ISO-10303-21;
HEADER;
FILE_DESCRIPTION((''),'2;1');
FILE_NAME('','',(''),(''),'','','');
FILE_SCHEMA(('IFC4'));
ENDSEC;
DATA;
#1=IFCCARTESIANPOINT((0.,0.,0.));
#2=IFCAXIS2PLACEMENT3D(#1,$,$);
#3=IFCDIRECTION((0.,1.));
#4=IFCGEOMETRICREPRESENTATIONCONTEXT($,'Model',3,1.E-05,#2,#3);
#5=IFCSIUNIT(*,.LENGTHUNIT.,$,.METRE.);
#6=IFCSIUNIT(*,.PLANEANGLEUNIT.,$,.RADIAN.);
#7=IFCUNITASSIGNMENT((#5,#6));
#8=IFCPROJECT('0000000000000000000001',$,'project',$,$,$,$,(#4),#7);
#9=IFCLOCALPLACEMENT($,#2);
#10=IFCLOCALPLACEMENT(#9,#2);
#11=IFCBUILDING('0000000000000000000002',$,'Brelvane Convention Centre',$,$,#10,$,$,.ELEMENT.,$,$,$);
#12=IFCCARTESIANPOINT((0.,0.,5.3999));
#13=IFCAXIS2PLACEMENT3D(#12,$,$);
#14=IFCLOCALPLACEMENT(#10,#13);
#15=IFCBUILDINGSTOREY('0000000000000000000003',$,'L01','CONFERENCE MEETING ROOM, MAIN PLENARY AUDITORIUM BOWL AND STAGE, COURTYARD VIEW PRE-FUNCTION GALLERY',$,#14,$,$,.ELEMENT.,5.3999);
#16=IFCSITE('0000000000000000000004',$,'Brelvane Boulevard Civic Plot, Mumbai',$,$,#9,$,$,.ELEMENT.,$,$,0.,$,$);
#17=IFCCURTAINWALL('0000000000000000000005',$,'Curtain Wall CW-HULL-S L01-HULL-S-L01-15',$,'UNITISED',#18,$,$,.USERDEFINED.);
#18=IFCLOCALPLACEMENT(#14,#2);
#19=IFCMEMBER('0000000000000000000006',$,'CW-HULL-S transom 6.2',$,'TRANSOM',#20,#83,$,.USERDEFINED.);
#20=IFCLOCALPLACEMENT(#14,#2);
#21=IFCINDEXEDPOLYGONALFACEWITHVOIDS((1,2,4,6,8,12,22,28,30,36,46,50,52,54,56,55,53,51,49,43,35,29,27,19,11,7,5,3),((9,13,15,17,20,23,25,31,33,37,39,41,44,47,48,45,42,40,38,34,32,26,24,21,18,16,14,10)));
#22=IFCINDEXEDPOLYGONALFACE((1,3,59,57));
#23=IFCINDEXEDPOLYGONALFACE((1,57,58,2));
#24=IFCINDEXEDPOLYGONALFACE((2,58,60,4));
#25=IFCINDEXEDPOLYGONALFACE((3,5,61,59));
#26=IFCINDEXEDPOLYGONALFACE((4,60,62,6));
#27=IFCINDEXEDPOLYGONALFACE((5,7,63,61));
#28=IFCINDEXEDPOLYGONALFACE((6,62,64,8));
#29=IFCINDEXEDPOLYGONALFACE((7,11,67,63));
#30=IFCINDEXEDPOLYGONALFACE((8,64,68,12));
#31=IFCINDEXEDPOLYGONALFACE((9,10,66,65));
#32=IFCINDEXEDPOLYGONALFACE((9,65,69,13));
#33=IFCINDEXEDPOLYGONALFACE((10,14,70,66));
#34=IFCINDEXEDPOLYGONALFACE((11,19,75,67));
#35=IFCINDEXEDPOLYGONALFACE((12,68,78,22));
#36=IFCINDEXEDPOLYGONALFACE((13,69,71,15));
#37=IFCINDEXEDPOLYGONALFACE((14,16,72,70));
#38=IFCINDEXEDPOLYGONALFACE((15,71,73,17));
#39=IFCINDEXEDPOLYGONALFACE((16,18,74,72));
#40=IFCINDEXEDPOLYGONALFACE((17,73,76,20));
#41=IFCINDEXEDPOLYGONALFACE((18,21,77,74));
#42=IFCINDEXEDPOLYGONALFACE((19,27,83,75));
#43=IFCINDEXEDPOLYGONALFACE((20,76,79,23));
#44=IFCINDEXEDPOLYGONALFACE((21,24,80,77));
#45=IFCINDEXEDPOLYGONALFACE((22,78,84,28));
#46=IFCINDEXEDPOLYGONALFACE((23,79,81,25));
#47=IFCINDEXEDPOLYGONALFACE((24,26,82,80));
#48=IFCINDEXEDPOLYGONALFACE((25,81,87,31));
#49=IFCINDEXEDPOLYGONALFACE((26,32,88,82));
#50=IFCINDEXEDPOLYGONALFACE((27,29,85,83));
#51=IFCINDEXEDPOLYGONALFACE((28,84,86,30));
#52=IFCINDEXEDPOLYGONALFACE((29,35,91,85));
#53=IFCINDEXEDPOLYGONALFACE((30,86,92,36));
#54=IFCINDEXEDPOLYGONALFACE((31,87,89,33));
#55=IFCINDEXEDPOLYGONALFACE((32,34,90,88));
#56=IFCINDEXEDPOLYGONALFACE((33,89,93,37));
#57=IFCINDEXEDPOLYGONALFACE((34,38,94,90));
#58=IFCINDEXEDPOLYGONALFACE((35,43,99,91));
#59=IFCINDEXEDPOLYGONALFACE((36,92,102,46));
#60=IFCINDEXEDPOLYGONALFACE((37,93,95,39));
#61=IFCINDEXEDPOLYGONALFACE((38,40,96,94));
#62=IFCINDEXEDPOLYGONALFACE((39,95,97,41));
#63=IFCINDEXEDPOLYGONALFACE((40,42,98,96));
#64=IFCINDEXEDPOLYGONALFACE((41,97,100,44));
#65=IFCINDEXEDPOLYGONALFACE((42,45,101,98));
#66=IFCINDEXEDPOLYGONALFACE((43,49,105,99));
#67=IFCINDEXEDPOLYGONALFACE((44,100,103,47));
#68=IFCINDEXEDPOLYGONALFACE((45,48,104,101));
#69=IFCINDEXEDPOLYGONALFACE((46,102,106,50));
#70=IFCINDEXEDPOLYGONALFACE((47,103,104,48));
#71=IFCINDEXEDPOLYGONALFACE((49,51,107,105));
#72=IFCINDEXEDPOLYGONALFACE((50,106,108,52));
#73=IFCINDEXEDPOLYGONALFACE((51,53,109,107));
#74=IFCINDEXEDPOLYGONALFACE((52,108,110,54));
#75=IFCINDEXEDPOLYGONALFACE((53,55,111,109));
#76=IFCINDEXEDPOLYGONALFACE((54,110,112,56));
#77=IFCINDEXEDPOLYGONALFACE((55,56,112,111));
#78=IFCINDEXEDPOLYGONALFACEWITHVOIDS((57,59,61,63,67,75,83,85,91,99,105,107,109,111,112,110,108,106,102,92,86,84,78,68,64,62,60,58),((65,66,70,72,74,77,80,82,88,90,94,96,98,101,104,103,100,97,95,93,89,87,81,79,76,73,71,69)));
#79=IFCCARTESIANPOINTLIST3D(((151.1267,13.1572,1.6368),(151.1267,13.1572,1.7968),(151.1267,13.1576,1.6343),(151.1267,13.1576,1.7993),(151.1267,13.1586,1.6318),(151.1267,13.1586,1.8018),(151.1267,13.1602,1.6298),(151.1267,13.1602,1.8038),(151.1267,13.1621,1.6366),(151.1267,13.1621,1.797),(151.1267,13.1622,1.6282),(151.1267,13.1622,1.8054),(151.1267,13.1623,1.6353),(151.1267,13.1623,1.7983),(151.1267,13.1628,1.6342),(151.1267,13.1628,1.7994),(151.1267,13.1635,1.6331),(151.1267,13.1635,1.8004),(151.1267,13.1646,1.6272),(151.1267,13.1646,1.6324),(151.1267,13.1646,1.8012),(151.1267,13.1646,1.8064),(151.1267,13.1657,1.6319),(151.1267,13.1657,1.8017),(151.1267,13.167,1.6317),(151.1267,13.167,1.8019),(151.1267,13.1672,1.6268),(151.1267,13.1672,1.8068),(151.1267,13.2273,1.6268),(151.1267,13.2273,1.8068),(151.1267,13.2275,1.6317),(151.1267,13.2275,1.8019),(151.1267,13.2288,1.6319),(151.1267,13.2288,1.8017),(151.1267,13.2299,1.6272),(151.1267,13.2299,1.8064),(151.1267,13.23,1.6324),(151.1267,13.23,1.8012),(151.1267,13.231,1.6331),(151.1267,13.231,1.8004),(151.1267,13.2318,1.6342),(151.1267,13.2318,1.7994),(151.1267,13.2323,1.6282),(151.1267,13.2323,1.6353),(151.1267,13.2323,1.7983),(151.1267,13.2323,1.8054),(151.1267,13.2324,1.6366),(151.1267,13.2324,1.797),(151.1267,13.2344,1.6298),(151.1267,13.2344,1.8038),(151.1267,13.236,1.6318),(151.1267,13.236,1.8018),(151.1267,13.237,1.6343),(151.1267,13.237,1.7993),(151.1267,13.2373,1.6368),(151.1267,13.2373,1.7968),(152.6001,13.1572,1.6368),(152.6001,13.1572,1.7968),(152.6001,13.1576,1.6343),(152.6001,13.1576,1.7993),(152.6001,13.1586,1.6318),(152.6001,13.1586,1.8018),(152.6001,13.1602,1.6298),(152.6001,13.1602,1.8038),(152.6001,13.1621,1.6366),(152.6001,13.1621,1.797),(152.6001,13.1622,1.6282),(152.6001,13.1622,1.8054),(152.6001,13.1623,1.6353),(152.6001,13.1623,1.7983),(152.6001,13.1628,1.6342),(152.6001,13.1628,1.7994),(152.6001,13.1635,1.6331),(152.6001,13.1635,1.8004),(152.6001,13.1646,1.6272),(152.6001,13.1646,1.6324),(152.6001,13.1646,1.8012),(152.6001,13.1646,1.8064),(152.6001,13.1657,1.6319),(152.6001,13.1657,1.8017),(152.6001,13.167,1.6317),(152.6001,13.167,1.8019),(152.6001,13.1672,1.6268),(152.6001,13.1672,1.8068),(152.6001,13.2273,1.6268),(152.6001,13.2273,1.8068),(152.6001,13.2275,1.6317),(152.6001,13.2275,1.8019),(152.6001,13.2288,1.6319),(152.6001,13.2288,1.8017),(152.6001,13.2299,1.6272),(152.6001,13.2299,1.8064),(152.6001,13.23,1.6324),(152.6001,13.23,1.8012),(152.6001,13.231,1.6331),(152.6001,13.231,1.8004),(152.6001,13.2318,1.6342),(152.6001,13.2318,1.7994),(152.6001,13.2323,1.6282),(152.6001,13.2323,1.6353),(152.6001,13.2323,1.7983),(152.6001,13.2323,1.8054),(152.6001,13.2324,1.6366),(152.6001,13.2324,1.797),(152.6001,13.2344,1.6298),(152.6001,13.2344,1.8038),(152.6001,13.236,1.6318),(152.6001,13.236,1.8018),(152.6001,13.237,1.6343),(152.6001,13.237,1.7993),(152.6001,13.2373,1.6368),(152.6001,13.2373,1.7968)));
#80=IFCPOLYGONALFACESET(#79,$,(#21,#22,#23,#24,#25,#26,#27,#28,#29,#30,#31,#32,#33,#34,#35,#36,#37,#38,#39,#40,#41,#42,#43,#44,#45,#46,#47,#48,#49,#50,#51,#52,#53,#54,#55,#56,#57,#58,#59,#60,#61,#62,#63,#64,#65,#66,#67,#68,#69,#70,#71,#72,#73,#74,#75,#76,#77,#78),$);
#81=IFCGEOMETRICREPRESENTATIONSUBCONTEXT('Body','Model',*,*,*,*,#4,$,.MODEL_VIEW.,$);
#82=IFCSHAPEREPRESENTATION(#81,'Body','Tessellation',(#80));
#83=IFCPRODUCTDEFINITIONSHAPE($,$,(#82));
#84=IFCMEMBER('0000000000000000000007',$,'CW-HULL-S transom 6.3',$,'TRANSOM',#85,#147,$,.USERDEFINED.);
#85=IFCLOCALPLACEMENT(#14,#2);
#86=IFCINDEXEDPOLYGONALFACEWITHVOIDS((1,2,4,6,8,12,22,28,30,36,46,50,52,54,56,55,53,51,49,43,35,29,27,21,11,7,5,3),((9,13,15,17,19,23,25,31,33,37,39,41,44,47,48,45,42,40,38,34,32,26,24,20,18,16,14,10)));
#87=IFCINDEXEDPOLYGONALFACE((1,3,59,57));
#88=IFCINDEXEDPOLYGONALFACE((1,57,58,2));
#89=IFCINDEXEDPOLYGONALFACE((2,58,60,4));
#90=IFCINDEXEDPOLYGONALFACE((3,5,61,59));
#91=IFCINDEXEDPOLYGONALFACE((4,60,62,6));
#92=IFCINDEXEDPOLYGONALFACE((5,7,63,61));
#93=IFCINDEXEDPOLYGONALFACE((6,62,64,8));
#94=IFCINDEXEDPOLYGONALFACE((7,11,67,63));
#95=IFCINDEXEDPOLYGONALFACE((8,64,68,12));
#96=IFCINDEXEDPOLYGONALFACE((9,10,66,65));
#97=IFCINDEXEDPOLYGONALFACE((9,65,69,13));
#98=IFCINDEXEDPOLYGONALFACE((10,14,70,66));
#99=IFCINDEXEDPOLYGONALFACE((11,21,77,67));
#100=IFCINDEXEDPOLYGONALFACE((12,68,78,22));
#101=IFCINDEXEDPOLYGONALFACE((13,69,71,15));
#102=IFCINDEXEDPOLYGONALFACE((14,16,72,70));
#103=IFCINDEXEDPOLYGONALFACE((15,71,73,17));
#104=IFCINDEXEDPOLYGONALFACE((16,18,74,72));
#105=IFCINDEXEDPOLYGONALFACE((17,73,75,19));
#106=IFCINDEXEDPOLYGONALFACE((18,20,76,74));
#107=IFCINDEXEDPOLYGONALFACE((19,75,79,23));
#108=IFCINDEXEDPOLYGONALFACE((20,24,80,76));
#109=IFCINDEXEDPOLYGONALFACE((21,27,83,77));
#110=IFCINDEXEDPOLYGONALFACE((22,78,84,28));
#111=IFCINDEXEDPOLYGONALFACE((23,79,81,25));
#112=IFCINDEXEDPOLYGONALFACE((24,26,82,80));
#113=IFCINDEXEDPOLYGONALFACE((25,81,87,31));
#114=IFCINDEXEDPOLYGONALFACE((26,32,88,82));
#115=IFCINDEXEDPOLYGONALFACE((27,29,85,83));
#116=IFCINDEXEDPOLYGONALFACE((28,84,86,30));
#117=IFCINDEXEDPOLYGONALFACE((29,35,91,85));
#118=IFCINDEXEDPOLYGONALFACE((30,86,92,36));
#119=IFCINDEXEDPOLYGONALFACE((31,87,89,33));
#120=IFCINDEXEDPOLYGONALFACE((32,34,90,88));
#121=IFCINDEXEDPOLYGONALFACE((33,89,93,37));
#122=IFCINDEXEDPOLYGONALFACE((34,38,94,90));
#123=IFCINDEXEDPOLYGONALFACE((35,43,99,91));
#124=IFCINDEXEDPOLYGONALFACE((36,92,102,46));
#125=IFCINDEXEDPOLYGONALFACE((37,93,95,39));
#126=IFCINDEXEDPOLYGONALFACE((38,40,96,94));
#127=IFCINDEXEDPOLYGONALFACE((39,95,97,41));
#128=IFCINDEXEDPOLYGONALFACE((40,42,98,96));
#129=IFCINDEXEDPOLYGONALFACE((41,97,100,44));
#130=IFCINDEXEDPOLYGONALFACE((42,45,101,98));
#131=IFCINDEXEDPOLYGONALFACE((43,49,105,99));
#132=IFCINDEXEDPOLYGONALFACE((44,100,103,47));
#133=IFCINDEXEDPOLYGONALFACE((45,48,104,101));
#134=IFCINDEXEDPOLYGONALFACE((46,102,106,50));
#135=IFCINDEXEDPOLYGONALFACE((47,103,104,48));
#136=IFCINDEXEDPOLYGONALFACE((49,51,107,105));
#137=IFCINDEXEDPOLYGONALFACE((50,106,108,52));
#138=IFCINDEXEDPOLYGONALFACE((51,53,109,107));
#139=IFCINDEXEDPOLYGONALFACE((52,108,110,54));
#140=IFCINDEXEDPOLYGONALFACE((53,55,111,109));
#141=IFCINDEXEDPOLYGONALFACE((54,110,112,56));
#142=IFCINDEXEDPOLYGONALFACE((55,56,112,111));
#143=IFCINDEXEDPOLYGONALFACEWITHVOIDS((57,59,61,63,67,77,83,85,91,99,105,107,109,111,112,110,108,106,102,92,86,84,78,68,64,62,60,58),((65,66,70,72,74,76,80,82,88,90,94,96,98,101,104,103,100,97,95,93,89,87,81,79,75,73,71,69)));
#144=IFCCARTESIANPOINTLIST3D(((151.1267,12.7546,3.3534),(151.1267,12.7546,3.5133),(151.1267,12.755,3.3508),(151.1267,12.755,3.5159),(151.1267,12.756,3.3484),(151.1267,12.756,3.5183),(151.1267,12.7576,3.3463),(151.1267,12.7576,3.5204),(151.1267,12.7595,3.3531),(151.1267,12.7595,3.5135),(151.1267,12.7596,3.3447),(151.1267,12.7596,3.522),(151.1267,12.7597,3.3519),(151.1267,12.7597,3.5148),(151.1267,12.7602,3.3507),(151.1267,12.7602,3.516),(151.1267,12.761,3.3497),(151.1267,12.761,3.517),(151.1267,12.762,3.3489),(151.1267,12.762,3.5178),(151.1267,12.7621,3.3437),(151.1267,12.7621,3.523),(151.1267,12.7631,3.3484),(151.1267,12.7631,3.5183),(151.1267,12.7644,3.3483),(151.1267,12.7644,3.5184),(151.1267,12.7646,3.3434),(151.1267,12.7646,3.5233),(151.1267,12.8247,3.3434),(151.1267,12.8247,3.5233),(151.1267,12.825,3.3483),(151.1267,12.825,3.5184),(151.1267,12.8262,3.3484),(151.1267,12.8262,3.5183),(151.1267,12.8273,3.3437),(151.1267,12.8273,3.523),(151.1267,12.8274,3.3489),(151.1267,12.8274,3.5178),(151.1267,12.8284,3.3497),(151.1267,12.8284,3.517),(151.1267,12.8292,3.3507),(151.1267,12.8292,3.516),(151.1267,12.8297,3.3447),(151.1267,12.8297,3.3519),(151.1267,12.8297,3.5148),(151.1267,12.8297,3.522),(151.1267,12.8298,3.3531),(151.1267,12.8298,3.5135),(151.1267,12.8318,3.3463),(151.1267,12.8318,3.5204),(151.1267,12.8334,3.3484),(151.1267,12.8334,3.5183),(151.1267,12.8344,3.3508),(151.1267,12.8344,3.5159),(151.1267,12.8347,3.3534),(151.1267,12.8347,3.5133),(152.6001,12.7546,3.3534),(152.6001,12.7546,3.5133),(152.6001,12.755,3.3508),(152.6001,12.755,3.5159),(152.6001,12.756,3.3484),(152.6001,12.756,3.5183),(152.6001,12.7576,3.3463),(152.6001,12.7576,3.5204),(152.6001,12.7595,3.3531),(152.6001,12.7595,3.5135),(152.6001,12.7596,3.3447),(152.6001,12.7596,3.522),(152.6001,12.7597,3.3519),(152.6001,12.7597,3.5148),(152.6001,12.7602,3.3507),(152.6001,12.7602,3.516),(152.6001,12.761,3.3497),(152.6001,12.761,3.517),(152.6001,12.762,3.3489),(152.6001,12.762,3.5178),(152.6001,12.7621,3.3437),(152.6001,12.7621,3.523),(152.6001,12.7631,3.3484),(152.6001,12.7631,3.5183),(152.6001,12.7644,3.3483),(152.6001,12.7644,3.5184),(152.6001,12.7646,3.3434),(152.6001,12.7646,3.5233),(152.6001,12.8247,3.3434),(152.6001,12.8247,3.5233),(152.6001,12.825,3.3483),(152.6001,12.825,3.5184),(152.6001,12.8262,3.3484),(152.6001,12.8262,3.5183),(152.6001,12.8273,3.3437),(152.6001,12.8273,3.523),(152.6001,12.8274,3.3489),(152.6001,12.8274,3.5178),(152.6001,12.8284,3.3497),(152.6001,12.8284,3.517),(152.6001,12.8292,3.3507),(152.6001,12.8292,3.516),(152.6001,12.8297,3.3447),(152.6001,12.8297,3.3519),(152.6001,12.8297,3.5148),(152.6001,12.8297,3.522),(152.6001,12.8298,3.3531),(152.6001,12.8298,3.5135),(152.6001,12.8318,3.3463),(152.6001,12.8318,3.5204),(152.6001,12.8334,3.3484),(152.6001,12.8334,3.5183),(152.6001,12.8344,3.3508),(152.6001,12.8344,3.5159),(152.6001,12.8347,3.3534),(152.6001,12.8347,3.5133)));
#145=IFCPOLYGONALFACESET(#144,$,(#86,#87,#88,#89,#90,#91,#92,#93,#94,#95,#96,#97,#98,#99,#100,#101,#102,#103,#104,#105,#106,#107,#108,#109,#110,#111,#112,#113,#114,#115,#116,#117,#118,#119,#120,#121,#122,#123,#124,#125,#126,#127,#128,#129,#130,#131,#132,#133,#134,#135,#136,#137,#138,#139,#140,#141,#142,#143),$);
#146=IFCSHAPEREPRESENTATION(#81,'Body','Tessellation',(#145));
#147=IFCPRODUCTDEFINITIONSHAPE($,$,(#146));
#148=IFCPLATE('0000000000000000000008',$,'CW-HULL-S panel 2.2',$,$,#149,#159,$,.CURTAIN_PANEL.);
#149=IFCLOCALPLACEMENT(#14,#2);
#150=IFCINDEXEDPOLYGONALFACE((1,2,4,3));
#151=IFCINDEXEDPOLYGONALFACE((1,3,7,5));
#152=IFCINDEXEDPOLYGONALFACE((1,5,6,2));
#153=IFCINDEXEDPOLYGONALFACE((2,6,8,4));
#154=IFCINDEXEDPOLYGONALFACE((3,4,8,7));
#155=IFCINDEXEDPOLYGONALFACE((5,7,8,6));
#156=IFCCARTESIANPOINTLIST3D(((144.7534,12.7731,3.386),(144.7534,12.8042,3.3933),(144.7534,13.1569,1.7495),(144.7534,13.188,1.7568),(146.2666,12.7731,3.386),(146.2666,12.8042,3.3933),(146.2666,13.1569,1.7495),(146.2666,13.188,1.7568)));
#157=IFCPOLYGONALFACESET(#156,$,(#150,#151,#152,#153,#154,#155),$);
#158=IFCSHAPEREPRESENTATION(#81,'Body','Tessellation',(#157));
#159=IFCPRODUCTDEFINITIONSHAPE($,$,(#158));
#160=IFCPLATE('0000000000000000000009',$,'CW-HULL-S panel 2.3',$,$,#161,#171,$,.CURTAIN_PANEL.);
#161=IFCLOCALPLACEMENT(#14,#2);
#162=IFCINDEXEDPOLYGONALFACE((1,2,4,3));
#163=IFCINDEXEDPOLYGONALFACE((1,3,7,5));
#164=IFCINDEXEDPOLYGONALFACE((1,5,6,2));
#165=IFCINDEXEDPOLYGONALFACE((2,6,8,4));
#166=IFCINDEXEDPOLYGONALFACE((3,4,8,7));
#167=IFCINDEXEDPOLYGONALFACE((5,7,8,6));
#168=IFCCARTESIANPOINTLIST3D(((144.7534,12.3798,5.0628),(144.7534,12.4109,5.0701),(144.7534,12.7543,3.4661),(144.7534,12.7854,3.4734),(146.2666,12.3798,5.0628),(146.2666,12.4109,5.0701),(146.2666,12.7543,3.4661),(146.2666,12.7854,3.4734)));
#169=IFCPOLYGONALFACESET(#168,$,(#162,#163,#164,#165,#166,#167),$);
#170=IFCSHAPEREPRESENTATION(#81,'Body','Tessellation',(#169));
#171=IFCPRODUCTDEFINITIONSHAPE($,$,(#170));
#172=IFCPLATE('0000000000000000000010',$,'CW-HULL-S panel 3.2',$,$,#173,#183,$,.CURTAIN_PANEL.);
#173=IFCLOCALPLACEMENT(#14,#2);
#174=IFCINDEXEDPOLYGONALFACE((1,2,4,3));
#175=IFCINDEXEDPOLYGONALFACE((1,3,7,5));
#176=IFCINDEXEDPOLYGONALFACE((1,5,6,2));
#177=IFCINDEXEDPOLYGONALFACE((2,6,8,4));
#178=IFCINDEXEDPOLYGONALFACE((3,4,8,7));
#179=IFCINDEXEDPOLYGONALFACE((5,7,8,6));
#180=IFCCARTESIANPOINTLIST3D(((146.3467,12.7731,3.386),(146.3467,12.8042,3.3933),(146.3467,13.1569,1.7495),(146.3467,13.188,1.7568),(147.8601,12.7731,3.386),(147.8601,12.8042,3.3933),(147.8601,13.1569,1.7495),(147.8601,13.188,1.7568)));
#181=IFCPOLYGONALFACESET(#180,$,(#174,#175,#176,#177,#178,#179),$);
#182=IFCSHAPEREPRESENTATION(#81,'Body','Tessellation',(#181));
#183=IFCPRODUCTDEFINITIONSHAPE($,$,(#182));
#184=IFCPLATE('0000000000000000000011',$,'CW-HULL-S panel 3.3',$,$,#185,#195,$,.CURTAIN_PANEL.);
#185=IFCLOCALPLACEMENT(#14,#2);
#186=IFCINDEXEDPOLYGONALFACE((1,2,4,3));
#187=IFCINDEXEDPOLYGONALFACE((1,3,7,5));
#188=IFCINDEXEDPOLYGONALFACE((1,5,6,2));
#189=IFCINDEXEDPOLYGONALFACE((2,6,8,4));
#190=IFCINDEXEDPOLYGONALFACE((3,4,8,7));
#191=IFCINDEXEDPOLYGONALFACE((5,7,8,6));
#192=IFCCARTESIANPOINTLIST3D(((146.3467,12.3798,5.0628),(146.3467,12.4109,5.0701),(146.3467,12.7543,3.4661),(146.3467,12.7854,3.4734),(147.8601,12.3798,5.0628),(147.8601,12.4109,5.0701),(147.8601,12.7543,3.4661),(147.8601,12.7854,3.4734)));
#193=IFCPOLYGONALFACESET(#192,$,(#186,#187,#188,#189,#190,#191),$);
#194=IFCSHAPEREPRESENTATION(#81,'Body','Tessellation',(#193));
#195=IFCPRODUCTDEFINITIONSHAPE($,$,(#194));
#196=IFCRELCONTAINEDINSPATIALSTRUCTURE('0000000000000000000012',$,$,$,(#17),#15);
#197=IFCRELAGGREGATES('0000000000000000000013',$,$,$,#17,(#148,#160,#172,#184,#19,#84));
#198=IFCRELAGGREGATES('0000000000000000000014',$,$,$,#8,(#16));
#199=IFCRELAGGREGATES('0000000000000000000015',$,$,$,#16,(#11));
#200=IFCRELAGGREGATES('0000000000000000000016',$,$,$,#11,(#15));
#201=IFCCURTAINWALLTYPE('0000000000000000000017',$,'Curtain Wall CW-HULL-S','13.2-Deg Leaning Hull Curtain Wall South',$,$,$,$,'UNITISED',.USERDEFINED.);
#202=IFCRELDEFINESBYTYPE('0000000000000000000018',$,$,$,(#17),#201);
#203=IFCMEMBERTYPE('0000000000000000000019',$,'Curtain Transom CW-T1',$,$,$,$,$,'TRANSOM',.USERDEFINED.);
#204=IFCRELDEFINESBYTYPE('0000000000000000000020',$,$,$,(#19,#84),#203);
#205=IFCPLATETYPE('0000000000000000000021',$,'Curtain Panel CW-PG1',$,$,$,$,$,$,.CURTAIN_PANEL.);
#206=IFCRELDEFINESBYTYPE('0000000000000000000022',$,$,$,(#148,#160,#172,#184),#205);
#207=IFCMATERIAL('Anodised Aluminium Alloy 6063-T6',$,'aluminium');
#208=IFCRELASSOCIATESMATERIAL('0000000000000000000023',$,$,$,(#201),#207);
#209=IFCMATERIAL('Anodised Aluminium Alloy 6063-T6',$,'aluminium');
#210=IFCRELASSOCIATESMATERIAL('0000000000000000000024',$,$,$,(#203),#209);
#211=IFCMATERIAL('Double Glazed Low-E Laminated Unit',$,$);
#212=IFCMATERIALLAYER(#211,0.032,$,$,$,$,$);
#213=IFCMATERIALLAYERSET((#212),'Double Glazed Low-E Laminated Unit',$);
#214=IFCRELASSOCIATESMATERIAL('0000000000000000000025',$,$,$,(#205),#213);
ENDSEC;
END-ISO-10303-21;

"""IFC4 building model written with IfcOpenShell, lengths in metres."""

from ifc_helpers import new_model, si_unit, direction, frame, origin, origin_2d, place, context, subcontext, project, spatial, polyline, hollow_rectangle, outline, extrude, material, layer, layer_set, material_profile, profile_set, type_object, element, aggregate, save


model = new_model("IFC4")

# Units and contexts
model_context = context("Model", 3, precision=1e-05, world=origin(), true_north=direction((0.0, 1.0)))
body_context = subcontext(model_context, "Body", "Model", "MODEL_VIEW")
ifc_project = project(units=[si_unit("LENGTHUNIT", "METRE"), si_unit("PLANEANGLEUNIT", "RADIAN")], contexts=[model_context])

# Site, building, storey
site_placement = place(None, origin())
site = spatial("IfcSite", under=ifc_project, at=site_placement, Name="Brelvane Boulevard Civic Plot, Mumbai", CompositionType="ELEMENT", RefElevation=0.0)
building_placement = place(site_placement, origin())
building = spatial("IfcBuilding", under=site, at=building_placement, Name="Brelvane Convention Centre", CompositionType="ELEMENT")
storey_placement = place(building_placement, frame((0.0, 0.0, 5.3999)))
storey = spatial("IfcBuildingStorey", under=building, at=storey_placement, Name="L01", Description="CONFERENCE MEETING ROOM, MAIN PLENARY AUDITORIUM BOWL AND STAGE, COURTYARD VIEW PRE-FUNCTION GALLERY", CompositionType="ELEMENT", Elevation=5.3999)

# Curtain wall, members, plates
ifc_material_1 = material(Name="Anodised Aluminium Alloy 6063-T6", Category="aluminium")
curtain_wall_type = type_object("IfcCurtainWallType", Name="Curtain Wall CW-HULL-S", Description="13.2-Deg Leaning Hull Curtain Wall South", ElementType="UNITISED", PredefinedType="USERDEFINED", material=ifc_material_1)
curtain_wall_placement = place(storey_placement, origin())
curtain_wall = element("IfcCurtainWall", 1, at=curtain_wall_placement, inside=storey, type_object=curtain_wall_type, Name="Curtain Wall CW-HULL-S L01-HULL-S-L01-15", ObjectType="UNITISED", PredefinedType="USERDEFINED")
ifc_material_2 = material(Name="Anodised Aluminium Alloy 6063-T6", Category="aluminium")
ifc_material_profile = material_profile(ifc_material_2, hollow_rectangle(XDim=0.0801, YDim=0.1799, WallThickness=0.0049, InnerFilletRadius=0.0049, OuterFilletRadius=0.01, at=origin_2d()), Name="ALU-T 180x80x5.0")
ifc_profile_set = profile_set([ifc_material_profile], Name="Anodised Aluminium Alloy 6063-T6")
member_type = type_object("IfcMemberType", Name="Curtain Transom CW-T1", ElementType="TRANSOM", PredefinedType="USERDEFINED", material=ifc_profile_set)
member_1_placement = place(storey_placement, frame((151.1267, 13.1973, 1.7168), z_axis=(1.0, 0.0, 0.0), x_axis=(0.0, 1.0, 0.0)))
member_1 = element("IfcMember", 2, at=member_1_placement, type_object=member_type, Name="CW-HULL-S transom 6.2", ObjectType="TRANSOM", PredefinedType="USERDEFINED", context=body_context, shape_type="SweptSolid", body=[
    extrude(hollow_rectangle(XDim=0.0801, YDim=0.1799, WallThickness=0.0049, InnerFilletRadius=0.0049, OuterFilletRadius=0.01, at=origin_2d()), origin(), (0.0, 0.0, 1.0), 1.4734),
])
member_2_placement = place(storey_placement, frame((151.1267, 12.7947, 3.4333), z_axis=(1.0, 0.0, 0.0), x_axis=(0.0, 1.0, 0.0)))
member_2 = element("IfcMember", 3, at=member_2_placement, type_object=member_type, Name="CW-HULL-S transom 6.3", ObjectType="TRANSOM", PredefinedType="USERDEFINED", context=body_context, shape_type="SweptSolid", body=[
    extrude(hollow_rectangle(XDim=0.0801, YDim=0.1799, WallThickness=0.0049, InnerFilletRadius=0.0049, OuterFilletRadius=0.01, at=origin_2d()), origin(), (0.0, 0.0, 1.0), 1.4734),
])
ifc_material_3 = material(Name="Double Glazed Low-E Laminated Unit")
ifc_layer_1 = layer(ifc_material_3, 0.032)
ifc_layer_set_1 = layer_set([ifc_layer_1], Name="Double Glazed Low-E Laminated Unit")
plate_type_1 = type_object("IfcPlateType", Name="Curtain Panel CW-PG1", PredefinedType="CURTAIN_PANEL", material=ifc_layer_set_1)
plate_1_placement = place(storey_placement, frame((144.7534, 13.188, 1.7568), z_axis=(0.0, 0.973585, 0.228327), x_axis=(1.0, 0.0, 0.0)))
plate_1 = element("IfcPlate", 4, at=plate_1_placement, type_object=plate_type_1, Name="CW-HULL-S panel 2.2", PredefinedType="CURTAIN_PANEL", context=body_context, shape_type="SweptSolid", body=[
    extrude(outline(polyline([(0.0, 0.0), (1.5132, 0.0), (1.5132, -1.6809), (0.0, -1.6809), (0.0, 0.0)])), origin(), (0.0, 0.0, -1.0), 0.032),
])
plate_2_placement = place(storey_placement, frame((144.7534, 12.7854, 3.4734), z_axis=(0.0, 0.973577, 0.228359), x_axis=(1.0, 0.0, 0.0)))
plate_2 = element("IfcPlate", 5, at=plate_2_placement, type_object=plate_type_1, Name="CW-HULL-S panel 2.3", PredefinedType="CURTAIN_PANEL", context=body_context, shape_type="SweptSolid", body=[
    extrude(outline(polyline([(0.0, 0.0), (1.5132, 0.0), (1.5132, -1.64), (0.0, -1.64), (0.0, 0.0)])), origin(), (0.0, 0.0, -1.0), 0.032),
])
plate_3_placement = place(storey_placement, frame((146.3467, 13.188, 1.7568), z_axis=(0.0, 0.973585, 0.228327), x_axis=(1.0, 0.0, 0.0)))
plate_3 = element("IfcPlate", 6, at=plate_3_placement, type_object=plate_type_1, Name="CW-HULL-S panel 3.2", PredefinedType="CURTAIN_PANEL", context=body_context, shape_type="SweptSolid", body=[
    extrude(outline(polyline([(0.0, 0.0), (1.5134, 0.0), (1.5134, -1.6809), (0.0, -1.6809), (0.0, 0.0)])), origin(), (0.0, 0.0, -1.0), 0.032),
])
plate_4_placement = place(storey_placement, frame((146.3467, 12.7854, 3.4734), z_axis=(0.0, 0.973577, 0.228359), x_axis=(1.0, 0.0, 0.0)))
plate_4 = element("IfcPlate", 7, at=plate_4_placement, type_object=plate_type_1, Name="CW-HULL-S panel 3.3", PredefinedType="CURTAIN_PANEL", context=body_context, shape_type="SweptSolid", body=[
    extrude(outline(polyline([(0.0, 0.0), (1.5134, 0.0), (1.5134, -1.64), (0.0, -1.64), (0.0, 0.0)])), origin(), (0.0, 0.0, -1.0), 0.032),
])
aggregate(curtain_wall, [plate_1, plate_2, plate_3, plate_4, member_1, member_2])

save(model, "model.ifc")
